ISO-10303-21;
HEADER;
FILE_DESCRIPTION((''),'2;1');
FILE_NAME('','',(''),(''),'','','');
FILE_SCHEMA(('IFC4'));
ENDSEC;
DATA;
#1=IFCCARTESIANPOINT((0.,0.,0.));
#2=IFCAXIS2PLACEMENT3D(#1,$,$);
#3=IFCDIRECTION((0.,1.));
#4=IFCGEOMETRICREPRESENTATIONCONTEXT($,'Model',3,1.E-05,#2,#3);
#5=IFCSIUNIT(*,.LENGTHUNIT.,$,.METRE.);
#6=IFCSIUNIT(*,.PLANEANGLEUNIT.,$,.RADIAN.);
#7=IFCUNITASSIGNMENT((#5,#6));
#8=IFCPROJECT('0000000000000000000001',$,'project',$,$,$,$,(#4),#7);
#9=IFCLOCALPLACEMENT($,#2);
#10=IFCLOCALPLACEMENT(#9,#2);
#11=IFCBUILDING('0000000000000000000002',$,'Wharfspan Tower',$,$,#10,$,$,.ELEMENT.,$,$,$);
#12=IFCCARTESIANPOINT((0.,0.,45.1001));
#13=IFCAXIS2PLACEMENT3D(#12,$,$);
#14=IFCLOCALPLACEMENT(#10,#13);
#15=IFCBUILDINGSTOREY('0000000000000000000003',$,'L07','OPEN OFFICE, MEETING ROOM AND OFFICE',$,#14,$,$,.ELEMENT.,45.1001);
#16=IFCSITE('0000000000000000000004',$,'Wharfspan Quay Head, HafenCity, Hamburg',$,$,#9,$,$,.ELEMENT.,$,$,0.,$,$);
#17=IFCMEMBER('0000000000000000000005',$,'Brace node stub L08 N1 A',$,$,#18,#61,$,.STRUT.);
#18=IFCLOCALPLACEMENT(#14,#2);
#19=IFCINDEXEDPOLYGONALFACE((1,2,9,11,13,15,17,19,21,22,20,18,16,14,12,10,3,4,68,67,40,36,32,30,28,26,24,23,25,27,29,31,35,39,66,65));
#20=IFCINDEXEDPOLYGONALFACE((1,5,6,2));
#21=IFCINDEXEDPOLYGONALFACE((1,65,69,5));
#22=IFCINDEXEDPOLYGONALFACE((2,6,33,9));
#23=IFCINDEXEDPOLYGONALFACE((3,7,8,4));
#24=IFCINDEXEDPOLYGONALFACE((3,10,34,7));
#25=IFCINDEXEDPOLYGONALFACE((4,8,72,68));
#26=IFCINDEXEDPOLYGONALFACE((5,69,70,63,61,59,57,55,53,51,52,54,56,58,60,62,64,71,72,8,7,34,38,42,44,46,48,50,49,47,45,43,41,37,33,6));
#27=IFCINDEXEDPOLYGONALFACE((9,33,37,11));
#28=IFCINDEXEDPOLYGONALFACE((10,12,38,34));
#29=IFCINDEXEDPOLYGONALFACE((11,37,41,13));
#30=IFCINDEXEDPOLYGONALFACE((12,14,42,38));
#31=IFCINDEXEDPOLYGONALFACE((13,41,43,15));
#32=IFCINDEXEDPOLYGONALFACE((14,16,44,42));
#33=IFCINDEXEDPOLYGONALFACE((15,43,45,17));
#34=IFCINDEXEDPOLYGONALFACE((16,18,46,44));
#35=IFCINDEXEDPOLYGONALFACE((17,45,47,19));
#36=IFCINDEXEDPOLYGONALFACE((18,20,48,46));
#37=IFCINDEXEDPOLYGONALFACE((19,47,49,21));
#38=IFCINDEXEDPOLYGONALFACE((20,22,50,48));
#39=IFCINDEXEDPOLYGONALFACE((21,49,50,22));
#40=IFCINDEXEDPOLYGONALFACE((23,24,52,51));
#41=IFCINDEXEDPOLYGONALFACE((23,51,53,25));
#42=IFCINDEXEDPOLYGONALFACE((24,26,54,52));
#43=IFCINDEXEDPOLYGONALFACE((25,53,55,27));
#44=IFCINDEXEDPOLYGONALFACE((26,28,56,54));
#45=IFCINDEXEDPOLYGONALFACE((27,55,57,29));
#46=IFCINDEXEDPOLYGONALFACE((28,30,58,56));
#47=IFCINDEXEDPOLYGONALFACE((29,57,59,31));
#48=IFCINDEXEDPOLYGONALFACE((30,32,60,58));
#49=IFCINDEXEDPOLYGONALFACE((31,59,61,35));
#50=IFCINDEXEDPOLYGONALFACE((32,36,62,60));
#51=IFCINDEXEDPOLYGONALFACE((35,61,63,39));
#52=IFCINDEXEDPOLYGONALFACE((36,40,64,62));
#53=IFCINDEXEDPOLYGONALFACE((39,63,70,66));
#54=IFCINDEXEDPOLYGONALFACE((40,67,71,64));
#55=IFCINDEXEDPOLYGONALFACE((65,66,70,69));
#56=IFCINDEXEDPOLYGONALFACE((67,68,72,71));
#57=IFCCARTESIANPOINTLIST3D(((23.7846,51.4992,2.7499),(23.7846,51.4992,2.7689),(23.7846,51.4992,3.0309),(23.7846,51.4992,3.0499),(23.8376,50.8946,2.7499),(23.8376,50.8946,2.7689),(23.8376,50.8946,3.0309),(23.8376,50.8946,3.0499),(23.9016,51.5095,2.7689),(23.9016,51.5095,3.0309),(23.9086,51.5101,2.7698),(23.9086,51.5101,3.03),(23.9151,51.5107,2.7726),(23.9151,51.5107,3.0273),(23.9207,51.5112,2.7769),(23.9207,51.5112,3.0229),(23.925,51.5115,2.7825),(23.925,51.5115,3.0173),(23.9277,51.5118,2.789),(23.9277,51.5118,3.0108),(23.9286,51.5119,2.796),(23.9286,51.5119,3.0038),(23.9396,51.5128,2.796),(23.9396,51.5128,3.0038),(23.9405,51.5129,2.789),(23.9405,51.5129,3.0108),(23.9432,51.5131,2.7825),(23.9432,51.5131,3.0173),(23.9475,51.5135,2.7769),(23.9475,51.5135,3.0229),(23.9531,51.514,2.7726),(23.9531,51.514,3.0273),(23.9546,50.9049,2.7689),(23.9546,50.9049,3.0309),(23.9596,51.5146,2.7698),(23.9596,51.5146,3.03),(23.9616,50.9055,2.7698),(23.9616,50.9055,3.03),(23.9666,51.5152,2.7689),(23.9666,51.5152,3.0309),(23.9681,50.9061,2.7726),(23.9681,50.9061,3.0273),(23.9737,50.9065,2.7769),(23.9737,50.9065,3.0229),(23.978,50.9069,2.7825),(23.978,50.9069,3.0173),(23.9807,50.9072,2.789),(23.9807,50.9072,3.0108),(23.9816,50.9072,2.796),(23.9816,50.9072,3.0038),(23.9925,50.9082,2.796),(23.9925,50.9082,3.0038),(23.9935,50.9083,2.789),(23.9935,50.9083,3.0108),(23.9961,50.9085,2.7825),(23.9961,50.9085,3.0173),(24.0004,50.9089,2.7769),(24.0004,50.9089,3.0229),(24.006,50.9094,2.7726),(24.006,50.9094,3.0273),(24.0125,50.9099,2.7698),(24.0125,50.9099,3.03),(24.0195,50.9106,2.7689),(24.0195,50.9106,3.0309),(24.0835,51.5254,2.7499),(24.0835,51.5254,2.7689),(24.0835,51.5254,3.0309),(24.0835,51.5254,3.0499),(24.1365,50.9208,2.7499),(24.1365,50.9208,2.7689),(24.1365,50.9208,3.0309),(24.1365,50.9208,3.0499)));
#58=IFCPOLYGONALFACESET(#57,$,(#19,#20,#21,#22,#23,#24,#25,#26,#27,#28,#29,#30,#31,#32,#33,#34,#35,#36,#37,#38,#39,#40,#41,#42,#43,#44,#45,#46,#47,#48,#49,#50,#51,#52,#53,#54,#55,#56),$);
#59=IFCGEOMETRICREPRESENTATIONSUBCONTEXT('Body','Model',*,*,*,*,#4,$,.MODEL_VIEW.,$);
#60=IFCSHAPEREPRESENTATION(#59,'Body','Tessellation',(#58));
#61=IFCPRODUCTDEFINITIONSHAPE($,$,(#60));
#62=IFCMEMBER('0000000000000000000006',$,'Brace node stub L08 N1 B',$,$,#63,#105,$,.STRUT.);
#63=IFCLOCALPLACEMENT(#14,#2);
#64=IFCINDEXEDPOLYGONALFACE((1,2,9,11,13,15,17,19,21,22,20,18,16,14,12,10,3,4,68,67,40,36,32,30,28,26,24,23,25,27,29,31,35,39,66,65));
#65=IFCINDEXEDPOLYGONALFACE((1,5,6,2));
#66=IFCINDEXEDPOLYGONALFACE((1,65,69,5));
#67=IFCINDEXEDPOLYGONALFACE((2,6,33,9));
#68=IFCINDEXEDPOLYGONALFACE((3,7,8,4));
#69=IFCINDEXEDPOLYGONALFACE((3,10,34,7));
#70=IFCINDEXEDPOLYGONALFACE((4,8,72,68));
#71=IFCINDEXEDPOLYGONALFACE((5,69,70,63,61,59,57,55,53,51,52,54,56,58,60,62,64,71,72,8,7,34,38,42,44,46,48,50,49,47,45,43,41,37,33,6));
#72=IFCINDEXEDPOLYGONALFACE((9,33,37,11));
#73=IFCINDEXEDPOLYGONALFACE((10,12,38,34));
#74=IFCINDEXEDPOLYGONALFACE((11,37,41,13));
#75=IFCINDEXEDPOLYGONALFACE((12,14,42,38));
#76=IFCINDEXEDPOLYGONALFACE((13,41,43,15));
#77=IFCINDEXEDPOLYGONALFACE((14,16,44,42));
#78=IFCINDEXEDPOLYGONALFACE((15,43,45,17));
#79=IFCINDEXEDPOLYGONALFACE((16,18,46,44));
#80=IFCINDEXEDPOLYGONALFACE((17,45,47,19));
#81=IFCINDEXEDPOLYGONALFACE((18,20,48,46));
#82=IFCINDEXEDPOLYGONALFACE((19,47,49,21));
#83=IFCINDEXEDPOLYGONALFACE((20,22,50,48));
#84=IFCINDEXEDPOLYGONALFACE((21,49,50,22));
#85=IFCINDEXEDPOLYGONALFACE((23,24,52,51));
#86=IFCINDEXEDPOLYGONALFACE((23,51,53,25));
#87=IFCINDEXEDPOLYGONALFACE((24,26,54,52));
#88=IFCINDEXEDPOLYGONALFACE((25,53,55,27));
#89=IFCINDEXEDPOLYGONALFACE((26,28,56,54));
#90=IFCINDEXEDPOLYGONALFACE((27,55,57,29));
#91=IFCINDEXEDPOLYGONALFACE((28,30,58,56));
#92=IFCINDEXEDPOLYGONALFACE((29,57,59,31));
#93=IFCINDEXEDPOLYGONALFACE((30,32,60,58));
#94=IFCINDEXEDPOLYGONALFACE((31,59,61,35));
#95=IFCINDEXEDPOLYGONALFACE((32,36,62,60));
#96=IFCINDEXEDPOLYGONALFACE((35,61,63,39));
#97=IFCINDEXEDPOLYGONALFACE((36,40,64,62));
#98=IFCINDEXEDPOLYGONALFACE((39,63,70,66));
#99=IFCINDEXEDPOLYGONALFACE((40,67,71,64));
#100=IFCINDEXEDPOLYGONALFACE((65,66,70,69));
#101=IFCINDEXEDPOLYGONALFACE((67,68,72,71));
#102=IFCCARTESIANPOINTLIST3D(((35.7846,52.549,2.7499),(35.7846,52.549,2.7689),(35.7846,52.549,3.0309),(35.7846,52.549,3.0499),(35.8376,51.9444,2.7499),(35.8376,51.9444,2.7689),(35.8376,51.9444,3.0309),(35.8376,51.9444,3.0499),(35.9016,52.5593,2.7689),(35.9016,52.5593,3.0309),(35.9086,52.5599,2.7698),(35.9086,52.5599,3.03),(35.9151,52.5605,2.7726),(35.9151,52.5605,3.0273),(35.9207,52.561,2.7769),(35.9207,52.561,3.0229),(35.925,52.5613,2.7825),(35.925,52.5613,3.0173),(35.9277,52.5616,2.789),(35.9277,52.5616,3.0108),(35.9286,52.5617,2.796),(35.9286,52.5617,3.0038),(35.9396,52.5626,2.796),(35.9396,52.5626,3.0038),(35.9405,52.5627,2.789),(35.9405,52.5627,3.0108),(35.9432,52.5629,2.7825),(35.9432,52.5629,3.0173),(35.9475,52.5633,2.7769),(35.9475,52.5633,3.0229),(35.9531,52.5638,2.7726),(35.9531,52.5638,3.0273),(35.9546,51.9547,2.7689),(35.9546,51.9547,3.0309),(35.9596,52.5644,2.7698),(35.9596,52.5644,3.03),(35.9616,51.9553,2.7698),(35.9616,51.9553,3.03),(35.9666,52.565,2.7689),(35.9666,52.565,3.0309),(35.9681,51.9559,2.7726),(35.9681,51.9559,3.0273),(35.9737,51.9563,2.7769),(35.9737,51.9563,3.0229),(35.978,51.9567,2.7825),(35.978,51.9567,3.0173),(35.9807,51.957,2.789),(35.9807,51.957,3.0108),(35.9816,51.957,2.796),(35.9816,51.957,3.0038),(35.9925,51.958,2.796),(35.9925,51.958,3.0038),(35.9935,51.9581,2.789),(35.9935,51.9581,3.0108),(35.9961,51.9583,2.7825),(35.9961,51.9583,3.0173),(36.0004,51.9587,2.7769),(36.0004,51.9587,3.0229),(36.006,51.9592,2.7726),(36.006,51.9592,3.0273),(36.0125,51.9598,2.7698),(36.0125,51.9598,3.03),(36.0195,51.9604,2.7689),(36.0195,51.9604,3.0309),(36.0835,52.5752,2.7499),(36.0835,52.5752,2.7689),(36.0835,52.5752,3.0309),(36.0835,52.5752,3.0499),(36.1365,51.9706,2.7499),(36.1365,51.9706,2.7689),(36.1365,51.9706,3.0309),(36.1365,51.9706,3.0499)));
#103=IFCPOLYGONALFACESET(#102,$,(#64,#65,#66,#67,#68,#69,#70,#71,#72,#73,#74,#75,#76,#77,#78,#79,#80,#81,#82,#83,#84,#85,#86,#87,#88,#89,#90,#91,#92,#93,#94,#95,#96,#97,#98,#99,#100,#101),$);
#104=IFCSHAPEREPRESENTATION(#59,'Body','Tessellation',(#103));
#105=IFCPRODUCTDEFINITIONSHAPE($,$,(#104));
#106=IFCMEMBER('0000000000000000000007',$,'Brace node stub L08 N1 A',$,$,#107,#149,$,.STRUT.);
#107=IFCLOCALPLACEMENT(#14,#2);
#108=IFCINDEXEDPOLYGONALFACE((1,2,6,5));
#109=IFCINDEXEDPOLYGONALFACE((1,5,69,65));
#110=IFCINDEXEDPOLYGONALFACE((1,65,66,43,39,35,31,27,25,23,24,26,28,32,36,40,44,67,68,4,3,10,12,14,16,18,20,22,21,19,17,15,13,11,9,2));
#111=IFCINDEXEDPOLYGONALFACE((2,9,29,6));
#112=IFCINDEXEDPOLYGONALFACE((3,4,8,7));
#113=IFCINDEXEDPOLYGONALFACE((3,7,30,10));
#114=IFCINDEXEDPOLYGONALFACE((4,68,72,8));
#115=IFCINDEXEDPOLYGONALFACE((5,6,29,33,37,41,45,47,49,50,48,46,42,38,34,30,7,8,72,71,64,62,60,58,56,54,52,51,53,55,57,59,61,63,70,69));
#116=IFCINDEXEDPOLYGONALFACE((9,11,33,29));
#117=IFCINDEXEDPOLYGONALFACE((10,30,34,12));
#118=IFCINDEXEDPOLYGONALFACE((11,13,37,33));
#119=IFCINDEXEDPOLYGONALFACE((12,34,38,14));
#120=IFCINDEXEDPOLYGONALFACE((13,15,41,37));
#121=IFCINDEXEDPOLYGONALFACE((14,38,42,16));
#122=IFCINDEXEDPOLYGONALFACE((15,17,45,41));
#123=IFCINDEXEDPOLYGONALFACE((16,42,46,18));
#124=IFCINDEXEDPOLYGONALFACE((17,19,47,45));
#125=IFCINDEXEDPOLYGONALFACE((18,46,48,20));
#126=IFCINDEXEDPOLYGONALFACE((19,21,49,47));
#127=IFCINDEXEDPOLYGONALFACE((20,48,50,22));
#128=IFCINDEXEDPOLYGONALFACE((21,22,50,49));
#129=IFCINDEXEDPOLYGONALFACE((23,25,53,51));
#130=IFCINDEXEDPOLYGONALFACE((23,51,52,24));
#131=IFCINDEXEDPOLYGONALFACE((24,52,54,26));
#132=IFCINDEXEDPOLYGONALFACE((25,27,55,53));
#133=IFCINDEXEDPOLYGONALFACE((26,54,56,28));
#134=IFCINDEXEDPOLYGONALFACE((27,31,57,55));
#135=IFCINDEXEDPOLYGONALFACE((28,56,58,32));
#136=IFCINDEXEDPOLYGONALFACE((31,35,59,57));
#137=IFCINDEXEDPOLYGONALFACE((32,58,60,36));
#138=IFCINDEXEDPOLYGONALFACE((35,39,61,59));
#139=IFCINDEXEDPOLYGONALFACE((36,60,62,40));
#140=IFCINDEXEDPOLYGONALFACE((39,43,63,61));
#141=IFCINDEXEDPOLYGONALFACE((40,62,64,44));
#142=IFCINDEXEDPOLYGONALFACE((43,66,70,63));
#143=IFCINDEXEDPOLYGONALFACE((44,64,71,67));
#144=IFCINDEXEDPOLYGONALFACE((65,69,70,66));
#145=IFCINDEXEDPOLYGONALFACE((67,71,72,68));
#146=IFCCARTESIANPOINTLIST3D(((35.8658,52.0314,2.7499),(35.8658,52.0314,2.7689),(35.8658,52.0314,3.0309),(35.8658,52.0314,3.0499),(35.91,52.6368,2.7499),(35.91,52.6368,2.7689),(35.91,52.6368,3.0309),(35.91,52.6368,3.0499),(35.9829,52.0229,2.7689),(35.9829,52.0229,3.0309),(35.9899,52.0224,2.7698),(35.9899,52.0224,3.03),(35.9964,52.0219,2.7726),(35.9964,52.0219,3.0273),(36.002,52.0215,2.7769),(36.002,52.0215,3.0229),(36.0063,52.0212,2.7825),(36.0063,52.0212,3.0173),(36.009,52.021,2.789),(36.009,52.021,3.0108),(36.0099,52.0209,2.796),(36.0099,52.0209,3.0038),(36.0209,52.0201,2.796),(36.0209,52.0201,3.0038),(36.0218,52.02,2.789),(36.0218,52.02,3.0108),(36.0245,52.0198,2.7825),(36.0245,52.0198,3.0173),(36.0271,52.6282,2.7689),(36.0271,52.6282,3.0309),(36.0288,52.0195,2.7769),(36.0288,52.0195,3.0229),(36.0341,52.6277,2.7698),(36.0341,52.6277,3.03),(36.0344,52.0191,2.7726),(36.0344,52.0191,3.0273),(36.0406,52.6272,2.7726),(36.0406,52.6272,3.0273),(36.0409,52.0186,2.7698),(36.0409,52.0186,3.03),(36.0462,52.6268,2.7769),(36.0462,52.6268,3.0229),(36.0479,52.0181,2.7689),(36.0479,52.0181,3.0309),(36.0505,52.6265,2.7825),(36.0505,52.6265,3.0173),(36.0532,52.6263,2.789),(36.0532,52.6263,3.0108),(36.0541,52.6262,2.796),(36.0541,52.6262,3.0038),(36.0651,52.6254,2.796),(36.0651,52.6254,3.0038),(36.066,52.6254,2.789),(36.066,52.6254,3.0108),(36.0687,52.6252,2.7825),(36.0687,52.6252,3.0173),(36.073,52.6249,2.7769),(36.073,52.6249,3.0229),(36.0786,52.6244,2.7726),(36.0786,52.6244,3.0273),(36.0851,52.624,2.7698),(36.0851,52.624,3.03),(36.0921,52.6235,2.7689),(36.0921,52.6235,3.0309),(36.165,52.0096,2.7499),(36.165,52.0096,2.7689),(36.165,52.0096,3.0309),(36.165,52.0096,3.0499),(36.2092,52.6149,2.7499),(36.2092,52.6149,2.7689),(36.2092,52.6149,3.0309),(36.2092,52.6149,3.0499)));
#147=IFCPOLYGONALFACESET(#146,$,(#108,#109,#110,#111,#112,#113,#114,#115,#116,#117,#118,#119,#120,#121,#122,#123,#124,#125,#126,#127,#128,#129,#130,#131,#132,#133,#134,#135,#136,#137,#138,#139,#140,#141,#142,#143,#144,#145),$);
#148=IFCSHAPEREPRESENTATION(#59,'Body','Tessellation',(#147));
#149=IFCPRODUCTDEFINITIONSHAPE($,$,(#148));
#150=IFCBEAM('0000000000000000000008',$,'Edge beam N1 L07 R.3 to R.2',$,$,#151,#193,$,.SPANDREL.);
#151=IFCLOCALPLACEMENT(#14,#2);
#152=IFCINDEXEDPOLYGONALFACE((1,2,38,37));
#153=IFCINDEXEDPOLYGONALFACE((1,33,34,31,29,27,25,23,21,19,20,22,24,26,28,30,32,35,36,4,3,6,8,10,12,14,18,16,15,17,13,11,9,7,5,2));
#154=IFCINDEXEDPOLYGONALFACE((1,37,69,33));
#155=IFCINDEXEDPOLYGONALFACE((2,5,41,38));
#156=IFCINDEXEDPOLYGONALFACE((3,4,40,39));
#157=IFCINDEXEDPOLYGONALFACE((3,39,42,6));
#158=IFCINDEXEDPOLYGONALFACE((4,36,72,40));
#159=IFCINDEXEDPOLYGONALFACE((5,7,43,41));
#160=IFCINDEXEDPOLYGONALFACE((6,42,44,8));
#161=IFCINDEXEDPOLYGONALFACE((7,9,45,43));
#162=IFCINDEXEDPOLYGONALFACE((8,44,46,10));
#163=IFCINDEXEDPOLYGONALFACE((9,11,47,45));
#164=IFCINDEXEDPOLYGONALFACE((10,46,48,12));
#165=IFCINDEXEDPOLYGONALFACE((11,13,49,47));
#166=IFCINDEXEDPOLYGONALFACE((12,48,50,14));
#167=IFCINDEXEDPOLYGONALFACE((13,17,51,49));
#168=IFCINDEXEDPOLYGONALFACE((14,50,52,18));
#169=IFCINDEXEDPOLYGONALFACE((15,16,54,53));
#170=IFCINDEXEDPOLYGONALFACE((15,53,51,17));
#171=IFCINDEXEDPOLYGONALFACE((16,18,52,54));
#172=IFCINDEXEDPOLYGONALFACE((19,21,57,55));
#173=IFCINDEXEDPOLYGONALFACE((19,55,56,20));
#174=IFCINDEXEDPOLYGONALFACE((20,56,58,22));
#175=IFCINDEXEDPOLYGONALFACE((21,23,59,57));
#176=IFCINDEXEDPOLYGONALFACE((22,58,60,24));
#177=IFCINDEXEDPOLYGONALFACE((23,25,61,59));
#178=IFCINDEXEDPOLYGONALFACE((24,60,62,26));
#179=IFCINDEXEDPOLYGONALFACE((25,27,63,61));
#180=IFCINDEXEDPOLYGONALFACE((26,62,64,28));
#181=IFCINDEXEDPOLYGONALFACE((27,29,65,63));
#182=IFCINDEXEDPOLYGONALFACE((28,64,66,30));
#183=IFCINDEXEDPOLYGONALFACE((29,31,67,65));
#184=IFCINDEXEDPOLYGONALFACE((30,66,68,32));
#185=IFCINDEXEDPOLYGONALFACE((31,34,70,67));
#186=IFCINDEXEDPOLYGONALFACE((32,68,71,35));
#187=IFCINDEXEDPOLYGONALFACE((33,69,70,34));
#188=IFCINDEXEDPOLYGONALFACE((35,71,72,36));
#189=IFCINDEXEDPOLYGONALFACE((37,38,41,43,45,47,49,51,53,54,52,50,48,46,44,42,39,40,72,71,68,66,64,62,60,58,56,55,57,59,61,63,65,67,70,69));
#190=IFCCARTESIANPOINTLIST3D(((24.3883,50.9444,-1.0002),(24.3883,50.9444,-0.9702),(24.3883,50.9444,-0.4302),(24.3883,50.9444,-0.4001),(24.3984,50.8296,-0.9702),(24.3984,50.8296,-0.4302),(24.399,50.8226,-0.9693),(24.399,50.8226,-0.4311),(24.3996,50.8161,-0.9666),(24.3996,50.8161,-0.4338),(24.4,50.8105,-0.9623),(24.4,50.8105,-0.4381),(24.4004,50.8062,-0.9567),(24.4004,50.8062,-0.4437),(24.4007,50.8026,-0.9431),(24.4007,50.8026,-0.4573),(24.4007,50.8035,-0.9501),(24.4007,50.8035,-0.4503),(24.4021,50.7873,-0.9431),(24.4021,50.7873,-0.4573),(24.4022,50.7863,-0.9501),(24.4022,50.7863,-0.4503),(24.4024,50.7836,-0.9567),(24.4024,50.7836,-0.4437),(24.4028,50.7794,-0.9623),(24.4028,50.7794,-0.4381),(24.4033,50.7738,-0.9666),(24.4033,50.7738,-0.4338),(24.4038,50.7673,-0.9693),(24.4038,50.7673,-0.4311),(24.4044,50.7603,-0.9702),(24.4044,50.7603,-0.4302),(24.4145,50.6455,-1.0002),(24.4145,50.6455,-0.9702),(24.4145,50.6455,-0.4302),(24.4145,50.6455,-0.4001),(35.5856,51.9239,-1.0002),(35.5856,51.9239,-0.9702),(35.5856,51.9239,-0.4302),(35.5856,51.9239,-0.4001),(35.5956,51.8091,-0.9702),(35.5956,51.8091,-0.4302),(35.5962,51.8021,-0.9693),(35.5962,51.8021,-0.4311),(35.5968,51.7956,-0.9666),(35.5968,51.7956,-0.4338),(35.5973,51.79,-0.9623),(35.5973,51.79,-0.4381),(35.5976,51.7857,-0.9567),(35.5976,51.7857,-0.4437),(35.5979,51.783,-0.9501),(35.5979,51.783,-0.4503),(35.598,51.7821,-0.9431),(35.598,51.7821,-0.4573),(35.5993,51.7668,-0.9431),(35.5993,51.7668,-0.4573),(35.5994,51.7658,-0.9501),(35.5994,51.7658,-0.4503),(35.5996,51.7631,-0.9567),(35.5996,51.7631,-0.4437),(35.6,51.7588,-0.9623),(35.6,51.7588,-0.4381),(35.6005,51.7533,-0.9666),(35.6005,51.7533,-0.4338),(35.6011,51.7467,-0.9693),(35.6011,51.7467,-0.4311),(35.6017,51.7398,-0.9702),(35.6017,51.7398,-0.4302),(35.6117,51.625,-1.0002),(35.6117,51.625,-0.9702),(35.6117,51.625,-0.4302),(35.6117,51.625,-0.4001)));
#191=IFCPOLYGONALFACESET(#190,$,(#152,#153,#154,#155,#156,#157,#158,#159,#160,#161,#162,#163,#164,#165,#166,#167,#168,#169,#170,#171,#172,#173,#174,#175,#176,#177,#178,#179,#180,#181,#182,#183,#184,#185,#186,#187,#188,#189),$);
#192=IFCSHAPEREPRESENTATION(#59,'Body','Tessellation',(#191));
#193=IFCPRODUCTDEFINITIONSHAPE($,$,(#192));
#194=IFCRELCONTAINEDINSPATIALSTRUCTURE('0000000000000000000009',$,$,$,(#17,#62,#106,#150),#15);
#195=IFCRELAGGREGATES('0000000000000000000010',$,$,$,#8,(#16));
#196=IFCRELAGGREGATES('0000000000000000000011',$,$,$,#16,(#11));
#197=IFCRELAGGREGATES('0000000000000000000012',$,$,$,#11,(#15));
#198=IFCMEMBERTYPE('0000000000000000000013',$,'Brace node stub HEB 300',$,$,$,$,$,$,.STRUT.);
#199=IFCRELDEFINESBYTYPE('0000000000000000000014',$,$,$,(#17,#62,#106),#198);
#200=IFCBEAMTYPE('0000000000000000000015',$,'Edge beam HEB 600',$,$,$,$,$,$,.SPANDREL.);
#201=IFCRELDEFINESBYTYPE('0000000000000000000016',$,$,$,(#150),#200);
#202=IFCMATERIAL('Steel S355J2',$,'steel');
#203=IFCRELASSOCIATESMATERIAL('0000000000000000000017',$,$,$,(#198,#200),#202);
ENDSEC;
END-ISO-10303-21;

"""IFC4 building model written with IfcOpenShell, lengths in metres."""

from ifc_helpers import new_model, si_unit, direction, frame, origin, origin_2d, place, context, subcontext, project, spatial, i_section, extrude, material, material_profile, profile_set, type_object, element, save


model = new_model("IFC4")

# Units and contexts
model_context = context("Model", 3, precision=1e-05, world=origin(), true_north=direction((0.0, 1.0)))
body_context = subcontext(model_context, "Body", "Model", "MODEL_VIEW")
ifc_project = project(units=[si_unit("LENGTHUNIT", "METRE"), si_unit("PLANEANGLEUNIT", "RADIAN")], contexts=[model_context])

# Site, building, storey
site_placement = place(None, origin())
site = spatial("IfcSite", under=ifc_project, at=site_placement, Name="Wharfspan Quay Head, HafenCity, Hamburg", CompositionType="ELEMENT", RefElevation=0.0)
building_placement = place(site_placement, origin())
building = spatial("IfcBuilding", under=site, at=building_placement, Name="Wharfspan Tower", CompositionType="ELEMENT")
storey_placement = place(building_placement, frame((0.0, 0.0, 45.1001)))
storey = spatial("IfcBuildingStorey", under=building, at=storey_placement, Name="L07", Description="OPEN OFFICE, MEETING ROOM AND OFFICE", CompositionType="ELEMENT", Elevation=45.1001)

# Shared definitions
ifc_material_1 = material(Name="Steel S355J2", Category="steel")

# Members
ifc_material_profile_1 = material_profile(ifc_material_1, i_section(OverallWidth=0.3, OverallDepth=0.3, WebThickness=0.011, FlangeThickness=0.019, FilletRadius=0.0271, at=origin_2d()))
ifc_profile_set_1 = profile_set([ifc_material_profile_1], Name="Steel S355J2")
member_type_1 = type_object("IfcMemberType", Name="Brace node stub HEB 300", PredefinedType="STRUT", material=ifc_profile_set_1)
for number, where, z_axis, x_axis, name in (
    (1, (23.9871, 50.9077, 2.8999), (-0.087272, 0.996185, 0.0), (-0.996185, -0.087272, 0.0), "Brace node stub L08 N1 A"),
    (2, (35.9871, 51.9575, 2.8999), (-0.087272, 0.996185, 0.0), (-0.996185, -0.087272, 0.0), "Brace node stub L08 N1 B"),
    (3, (36.0154, 52.0205, 2.8999), (0.072819, 0.997345, 0.0), (-0.997345, 0.072819, 0.0), "Brace node stub L08 N1 A"),
):
    element("IfcMember", number, at=place(storey_placement, frame(where, z_axis=z_axis, x_axis=x_axis)), inside=storey, type_object=member_type_1, Name=name, PredefinedType="STRUT", context=body_context, shape_type="SweptSolid", body=[
        extrude(i_section(OverallWidth=0.3, OverallDepth=0.3, WebThickness=0.011, FlangeThickness=0.019, FilletRadius=0.0271, at=origin_2d()), origin(), (0.0, 0.0, 1.0), 0.6069),
    ])

# Beam
ifc_material_profile_2 = material_profile(ifc_material_1, i_section(OverallWidth=0.3, OverallDepth=0.6001, WebThickness=0.0154, FlangeThickness=0.03, FilletRadius=0.0271, at=origin_2d()))
ifc_profile_set_2 = profile_set([ifc_material_profile_2], Name="Steel S355J2")
beam_type = type_object("IfcBeamType", Name="Edge beam HEB 600", PredefinedType="SPANDREL", material=ifc_profile_set_2)
for number, where, z_axis, x_axis, name in (
    (4, (35.5986, 51.7744, -0.7002), (-0.996196, -0.087143, 0.0), (0.087143, -0.996196, 0.0), "Edge beam N1 L07 R.3 to R.2"),
):
    element("IfcBeam", number, at=place(storey_placement, frame(where, z_axis=z_axis, x_axis=x_axis)), inside=storey, type_object=beam_type, Name=name, PredefinedType="SPANDREL", context=body_context, shape_type="SweptSolid", body=[
        extrude(i_section(OverallWidth=0.3, OverallDepth=0.6001, WebThickness=0.0154, FlangeThickness=0.03, FilletRadius=0.0271, at=origin_2d()), origin(), (0.0, 0.0, 1.0), 11.24),
    ])

save(model, "model.ifc")
